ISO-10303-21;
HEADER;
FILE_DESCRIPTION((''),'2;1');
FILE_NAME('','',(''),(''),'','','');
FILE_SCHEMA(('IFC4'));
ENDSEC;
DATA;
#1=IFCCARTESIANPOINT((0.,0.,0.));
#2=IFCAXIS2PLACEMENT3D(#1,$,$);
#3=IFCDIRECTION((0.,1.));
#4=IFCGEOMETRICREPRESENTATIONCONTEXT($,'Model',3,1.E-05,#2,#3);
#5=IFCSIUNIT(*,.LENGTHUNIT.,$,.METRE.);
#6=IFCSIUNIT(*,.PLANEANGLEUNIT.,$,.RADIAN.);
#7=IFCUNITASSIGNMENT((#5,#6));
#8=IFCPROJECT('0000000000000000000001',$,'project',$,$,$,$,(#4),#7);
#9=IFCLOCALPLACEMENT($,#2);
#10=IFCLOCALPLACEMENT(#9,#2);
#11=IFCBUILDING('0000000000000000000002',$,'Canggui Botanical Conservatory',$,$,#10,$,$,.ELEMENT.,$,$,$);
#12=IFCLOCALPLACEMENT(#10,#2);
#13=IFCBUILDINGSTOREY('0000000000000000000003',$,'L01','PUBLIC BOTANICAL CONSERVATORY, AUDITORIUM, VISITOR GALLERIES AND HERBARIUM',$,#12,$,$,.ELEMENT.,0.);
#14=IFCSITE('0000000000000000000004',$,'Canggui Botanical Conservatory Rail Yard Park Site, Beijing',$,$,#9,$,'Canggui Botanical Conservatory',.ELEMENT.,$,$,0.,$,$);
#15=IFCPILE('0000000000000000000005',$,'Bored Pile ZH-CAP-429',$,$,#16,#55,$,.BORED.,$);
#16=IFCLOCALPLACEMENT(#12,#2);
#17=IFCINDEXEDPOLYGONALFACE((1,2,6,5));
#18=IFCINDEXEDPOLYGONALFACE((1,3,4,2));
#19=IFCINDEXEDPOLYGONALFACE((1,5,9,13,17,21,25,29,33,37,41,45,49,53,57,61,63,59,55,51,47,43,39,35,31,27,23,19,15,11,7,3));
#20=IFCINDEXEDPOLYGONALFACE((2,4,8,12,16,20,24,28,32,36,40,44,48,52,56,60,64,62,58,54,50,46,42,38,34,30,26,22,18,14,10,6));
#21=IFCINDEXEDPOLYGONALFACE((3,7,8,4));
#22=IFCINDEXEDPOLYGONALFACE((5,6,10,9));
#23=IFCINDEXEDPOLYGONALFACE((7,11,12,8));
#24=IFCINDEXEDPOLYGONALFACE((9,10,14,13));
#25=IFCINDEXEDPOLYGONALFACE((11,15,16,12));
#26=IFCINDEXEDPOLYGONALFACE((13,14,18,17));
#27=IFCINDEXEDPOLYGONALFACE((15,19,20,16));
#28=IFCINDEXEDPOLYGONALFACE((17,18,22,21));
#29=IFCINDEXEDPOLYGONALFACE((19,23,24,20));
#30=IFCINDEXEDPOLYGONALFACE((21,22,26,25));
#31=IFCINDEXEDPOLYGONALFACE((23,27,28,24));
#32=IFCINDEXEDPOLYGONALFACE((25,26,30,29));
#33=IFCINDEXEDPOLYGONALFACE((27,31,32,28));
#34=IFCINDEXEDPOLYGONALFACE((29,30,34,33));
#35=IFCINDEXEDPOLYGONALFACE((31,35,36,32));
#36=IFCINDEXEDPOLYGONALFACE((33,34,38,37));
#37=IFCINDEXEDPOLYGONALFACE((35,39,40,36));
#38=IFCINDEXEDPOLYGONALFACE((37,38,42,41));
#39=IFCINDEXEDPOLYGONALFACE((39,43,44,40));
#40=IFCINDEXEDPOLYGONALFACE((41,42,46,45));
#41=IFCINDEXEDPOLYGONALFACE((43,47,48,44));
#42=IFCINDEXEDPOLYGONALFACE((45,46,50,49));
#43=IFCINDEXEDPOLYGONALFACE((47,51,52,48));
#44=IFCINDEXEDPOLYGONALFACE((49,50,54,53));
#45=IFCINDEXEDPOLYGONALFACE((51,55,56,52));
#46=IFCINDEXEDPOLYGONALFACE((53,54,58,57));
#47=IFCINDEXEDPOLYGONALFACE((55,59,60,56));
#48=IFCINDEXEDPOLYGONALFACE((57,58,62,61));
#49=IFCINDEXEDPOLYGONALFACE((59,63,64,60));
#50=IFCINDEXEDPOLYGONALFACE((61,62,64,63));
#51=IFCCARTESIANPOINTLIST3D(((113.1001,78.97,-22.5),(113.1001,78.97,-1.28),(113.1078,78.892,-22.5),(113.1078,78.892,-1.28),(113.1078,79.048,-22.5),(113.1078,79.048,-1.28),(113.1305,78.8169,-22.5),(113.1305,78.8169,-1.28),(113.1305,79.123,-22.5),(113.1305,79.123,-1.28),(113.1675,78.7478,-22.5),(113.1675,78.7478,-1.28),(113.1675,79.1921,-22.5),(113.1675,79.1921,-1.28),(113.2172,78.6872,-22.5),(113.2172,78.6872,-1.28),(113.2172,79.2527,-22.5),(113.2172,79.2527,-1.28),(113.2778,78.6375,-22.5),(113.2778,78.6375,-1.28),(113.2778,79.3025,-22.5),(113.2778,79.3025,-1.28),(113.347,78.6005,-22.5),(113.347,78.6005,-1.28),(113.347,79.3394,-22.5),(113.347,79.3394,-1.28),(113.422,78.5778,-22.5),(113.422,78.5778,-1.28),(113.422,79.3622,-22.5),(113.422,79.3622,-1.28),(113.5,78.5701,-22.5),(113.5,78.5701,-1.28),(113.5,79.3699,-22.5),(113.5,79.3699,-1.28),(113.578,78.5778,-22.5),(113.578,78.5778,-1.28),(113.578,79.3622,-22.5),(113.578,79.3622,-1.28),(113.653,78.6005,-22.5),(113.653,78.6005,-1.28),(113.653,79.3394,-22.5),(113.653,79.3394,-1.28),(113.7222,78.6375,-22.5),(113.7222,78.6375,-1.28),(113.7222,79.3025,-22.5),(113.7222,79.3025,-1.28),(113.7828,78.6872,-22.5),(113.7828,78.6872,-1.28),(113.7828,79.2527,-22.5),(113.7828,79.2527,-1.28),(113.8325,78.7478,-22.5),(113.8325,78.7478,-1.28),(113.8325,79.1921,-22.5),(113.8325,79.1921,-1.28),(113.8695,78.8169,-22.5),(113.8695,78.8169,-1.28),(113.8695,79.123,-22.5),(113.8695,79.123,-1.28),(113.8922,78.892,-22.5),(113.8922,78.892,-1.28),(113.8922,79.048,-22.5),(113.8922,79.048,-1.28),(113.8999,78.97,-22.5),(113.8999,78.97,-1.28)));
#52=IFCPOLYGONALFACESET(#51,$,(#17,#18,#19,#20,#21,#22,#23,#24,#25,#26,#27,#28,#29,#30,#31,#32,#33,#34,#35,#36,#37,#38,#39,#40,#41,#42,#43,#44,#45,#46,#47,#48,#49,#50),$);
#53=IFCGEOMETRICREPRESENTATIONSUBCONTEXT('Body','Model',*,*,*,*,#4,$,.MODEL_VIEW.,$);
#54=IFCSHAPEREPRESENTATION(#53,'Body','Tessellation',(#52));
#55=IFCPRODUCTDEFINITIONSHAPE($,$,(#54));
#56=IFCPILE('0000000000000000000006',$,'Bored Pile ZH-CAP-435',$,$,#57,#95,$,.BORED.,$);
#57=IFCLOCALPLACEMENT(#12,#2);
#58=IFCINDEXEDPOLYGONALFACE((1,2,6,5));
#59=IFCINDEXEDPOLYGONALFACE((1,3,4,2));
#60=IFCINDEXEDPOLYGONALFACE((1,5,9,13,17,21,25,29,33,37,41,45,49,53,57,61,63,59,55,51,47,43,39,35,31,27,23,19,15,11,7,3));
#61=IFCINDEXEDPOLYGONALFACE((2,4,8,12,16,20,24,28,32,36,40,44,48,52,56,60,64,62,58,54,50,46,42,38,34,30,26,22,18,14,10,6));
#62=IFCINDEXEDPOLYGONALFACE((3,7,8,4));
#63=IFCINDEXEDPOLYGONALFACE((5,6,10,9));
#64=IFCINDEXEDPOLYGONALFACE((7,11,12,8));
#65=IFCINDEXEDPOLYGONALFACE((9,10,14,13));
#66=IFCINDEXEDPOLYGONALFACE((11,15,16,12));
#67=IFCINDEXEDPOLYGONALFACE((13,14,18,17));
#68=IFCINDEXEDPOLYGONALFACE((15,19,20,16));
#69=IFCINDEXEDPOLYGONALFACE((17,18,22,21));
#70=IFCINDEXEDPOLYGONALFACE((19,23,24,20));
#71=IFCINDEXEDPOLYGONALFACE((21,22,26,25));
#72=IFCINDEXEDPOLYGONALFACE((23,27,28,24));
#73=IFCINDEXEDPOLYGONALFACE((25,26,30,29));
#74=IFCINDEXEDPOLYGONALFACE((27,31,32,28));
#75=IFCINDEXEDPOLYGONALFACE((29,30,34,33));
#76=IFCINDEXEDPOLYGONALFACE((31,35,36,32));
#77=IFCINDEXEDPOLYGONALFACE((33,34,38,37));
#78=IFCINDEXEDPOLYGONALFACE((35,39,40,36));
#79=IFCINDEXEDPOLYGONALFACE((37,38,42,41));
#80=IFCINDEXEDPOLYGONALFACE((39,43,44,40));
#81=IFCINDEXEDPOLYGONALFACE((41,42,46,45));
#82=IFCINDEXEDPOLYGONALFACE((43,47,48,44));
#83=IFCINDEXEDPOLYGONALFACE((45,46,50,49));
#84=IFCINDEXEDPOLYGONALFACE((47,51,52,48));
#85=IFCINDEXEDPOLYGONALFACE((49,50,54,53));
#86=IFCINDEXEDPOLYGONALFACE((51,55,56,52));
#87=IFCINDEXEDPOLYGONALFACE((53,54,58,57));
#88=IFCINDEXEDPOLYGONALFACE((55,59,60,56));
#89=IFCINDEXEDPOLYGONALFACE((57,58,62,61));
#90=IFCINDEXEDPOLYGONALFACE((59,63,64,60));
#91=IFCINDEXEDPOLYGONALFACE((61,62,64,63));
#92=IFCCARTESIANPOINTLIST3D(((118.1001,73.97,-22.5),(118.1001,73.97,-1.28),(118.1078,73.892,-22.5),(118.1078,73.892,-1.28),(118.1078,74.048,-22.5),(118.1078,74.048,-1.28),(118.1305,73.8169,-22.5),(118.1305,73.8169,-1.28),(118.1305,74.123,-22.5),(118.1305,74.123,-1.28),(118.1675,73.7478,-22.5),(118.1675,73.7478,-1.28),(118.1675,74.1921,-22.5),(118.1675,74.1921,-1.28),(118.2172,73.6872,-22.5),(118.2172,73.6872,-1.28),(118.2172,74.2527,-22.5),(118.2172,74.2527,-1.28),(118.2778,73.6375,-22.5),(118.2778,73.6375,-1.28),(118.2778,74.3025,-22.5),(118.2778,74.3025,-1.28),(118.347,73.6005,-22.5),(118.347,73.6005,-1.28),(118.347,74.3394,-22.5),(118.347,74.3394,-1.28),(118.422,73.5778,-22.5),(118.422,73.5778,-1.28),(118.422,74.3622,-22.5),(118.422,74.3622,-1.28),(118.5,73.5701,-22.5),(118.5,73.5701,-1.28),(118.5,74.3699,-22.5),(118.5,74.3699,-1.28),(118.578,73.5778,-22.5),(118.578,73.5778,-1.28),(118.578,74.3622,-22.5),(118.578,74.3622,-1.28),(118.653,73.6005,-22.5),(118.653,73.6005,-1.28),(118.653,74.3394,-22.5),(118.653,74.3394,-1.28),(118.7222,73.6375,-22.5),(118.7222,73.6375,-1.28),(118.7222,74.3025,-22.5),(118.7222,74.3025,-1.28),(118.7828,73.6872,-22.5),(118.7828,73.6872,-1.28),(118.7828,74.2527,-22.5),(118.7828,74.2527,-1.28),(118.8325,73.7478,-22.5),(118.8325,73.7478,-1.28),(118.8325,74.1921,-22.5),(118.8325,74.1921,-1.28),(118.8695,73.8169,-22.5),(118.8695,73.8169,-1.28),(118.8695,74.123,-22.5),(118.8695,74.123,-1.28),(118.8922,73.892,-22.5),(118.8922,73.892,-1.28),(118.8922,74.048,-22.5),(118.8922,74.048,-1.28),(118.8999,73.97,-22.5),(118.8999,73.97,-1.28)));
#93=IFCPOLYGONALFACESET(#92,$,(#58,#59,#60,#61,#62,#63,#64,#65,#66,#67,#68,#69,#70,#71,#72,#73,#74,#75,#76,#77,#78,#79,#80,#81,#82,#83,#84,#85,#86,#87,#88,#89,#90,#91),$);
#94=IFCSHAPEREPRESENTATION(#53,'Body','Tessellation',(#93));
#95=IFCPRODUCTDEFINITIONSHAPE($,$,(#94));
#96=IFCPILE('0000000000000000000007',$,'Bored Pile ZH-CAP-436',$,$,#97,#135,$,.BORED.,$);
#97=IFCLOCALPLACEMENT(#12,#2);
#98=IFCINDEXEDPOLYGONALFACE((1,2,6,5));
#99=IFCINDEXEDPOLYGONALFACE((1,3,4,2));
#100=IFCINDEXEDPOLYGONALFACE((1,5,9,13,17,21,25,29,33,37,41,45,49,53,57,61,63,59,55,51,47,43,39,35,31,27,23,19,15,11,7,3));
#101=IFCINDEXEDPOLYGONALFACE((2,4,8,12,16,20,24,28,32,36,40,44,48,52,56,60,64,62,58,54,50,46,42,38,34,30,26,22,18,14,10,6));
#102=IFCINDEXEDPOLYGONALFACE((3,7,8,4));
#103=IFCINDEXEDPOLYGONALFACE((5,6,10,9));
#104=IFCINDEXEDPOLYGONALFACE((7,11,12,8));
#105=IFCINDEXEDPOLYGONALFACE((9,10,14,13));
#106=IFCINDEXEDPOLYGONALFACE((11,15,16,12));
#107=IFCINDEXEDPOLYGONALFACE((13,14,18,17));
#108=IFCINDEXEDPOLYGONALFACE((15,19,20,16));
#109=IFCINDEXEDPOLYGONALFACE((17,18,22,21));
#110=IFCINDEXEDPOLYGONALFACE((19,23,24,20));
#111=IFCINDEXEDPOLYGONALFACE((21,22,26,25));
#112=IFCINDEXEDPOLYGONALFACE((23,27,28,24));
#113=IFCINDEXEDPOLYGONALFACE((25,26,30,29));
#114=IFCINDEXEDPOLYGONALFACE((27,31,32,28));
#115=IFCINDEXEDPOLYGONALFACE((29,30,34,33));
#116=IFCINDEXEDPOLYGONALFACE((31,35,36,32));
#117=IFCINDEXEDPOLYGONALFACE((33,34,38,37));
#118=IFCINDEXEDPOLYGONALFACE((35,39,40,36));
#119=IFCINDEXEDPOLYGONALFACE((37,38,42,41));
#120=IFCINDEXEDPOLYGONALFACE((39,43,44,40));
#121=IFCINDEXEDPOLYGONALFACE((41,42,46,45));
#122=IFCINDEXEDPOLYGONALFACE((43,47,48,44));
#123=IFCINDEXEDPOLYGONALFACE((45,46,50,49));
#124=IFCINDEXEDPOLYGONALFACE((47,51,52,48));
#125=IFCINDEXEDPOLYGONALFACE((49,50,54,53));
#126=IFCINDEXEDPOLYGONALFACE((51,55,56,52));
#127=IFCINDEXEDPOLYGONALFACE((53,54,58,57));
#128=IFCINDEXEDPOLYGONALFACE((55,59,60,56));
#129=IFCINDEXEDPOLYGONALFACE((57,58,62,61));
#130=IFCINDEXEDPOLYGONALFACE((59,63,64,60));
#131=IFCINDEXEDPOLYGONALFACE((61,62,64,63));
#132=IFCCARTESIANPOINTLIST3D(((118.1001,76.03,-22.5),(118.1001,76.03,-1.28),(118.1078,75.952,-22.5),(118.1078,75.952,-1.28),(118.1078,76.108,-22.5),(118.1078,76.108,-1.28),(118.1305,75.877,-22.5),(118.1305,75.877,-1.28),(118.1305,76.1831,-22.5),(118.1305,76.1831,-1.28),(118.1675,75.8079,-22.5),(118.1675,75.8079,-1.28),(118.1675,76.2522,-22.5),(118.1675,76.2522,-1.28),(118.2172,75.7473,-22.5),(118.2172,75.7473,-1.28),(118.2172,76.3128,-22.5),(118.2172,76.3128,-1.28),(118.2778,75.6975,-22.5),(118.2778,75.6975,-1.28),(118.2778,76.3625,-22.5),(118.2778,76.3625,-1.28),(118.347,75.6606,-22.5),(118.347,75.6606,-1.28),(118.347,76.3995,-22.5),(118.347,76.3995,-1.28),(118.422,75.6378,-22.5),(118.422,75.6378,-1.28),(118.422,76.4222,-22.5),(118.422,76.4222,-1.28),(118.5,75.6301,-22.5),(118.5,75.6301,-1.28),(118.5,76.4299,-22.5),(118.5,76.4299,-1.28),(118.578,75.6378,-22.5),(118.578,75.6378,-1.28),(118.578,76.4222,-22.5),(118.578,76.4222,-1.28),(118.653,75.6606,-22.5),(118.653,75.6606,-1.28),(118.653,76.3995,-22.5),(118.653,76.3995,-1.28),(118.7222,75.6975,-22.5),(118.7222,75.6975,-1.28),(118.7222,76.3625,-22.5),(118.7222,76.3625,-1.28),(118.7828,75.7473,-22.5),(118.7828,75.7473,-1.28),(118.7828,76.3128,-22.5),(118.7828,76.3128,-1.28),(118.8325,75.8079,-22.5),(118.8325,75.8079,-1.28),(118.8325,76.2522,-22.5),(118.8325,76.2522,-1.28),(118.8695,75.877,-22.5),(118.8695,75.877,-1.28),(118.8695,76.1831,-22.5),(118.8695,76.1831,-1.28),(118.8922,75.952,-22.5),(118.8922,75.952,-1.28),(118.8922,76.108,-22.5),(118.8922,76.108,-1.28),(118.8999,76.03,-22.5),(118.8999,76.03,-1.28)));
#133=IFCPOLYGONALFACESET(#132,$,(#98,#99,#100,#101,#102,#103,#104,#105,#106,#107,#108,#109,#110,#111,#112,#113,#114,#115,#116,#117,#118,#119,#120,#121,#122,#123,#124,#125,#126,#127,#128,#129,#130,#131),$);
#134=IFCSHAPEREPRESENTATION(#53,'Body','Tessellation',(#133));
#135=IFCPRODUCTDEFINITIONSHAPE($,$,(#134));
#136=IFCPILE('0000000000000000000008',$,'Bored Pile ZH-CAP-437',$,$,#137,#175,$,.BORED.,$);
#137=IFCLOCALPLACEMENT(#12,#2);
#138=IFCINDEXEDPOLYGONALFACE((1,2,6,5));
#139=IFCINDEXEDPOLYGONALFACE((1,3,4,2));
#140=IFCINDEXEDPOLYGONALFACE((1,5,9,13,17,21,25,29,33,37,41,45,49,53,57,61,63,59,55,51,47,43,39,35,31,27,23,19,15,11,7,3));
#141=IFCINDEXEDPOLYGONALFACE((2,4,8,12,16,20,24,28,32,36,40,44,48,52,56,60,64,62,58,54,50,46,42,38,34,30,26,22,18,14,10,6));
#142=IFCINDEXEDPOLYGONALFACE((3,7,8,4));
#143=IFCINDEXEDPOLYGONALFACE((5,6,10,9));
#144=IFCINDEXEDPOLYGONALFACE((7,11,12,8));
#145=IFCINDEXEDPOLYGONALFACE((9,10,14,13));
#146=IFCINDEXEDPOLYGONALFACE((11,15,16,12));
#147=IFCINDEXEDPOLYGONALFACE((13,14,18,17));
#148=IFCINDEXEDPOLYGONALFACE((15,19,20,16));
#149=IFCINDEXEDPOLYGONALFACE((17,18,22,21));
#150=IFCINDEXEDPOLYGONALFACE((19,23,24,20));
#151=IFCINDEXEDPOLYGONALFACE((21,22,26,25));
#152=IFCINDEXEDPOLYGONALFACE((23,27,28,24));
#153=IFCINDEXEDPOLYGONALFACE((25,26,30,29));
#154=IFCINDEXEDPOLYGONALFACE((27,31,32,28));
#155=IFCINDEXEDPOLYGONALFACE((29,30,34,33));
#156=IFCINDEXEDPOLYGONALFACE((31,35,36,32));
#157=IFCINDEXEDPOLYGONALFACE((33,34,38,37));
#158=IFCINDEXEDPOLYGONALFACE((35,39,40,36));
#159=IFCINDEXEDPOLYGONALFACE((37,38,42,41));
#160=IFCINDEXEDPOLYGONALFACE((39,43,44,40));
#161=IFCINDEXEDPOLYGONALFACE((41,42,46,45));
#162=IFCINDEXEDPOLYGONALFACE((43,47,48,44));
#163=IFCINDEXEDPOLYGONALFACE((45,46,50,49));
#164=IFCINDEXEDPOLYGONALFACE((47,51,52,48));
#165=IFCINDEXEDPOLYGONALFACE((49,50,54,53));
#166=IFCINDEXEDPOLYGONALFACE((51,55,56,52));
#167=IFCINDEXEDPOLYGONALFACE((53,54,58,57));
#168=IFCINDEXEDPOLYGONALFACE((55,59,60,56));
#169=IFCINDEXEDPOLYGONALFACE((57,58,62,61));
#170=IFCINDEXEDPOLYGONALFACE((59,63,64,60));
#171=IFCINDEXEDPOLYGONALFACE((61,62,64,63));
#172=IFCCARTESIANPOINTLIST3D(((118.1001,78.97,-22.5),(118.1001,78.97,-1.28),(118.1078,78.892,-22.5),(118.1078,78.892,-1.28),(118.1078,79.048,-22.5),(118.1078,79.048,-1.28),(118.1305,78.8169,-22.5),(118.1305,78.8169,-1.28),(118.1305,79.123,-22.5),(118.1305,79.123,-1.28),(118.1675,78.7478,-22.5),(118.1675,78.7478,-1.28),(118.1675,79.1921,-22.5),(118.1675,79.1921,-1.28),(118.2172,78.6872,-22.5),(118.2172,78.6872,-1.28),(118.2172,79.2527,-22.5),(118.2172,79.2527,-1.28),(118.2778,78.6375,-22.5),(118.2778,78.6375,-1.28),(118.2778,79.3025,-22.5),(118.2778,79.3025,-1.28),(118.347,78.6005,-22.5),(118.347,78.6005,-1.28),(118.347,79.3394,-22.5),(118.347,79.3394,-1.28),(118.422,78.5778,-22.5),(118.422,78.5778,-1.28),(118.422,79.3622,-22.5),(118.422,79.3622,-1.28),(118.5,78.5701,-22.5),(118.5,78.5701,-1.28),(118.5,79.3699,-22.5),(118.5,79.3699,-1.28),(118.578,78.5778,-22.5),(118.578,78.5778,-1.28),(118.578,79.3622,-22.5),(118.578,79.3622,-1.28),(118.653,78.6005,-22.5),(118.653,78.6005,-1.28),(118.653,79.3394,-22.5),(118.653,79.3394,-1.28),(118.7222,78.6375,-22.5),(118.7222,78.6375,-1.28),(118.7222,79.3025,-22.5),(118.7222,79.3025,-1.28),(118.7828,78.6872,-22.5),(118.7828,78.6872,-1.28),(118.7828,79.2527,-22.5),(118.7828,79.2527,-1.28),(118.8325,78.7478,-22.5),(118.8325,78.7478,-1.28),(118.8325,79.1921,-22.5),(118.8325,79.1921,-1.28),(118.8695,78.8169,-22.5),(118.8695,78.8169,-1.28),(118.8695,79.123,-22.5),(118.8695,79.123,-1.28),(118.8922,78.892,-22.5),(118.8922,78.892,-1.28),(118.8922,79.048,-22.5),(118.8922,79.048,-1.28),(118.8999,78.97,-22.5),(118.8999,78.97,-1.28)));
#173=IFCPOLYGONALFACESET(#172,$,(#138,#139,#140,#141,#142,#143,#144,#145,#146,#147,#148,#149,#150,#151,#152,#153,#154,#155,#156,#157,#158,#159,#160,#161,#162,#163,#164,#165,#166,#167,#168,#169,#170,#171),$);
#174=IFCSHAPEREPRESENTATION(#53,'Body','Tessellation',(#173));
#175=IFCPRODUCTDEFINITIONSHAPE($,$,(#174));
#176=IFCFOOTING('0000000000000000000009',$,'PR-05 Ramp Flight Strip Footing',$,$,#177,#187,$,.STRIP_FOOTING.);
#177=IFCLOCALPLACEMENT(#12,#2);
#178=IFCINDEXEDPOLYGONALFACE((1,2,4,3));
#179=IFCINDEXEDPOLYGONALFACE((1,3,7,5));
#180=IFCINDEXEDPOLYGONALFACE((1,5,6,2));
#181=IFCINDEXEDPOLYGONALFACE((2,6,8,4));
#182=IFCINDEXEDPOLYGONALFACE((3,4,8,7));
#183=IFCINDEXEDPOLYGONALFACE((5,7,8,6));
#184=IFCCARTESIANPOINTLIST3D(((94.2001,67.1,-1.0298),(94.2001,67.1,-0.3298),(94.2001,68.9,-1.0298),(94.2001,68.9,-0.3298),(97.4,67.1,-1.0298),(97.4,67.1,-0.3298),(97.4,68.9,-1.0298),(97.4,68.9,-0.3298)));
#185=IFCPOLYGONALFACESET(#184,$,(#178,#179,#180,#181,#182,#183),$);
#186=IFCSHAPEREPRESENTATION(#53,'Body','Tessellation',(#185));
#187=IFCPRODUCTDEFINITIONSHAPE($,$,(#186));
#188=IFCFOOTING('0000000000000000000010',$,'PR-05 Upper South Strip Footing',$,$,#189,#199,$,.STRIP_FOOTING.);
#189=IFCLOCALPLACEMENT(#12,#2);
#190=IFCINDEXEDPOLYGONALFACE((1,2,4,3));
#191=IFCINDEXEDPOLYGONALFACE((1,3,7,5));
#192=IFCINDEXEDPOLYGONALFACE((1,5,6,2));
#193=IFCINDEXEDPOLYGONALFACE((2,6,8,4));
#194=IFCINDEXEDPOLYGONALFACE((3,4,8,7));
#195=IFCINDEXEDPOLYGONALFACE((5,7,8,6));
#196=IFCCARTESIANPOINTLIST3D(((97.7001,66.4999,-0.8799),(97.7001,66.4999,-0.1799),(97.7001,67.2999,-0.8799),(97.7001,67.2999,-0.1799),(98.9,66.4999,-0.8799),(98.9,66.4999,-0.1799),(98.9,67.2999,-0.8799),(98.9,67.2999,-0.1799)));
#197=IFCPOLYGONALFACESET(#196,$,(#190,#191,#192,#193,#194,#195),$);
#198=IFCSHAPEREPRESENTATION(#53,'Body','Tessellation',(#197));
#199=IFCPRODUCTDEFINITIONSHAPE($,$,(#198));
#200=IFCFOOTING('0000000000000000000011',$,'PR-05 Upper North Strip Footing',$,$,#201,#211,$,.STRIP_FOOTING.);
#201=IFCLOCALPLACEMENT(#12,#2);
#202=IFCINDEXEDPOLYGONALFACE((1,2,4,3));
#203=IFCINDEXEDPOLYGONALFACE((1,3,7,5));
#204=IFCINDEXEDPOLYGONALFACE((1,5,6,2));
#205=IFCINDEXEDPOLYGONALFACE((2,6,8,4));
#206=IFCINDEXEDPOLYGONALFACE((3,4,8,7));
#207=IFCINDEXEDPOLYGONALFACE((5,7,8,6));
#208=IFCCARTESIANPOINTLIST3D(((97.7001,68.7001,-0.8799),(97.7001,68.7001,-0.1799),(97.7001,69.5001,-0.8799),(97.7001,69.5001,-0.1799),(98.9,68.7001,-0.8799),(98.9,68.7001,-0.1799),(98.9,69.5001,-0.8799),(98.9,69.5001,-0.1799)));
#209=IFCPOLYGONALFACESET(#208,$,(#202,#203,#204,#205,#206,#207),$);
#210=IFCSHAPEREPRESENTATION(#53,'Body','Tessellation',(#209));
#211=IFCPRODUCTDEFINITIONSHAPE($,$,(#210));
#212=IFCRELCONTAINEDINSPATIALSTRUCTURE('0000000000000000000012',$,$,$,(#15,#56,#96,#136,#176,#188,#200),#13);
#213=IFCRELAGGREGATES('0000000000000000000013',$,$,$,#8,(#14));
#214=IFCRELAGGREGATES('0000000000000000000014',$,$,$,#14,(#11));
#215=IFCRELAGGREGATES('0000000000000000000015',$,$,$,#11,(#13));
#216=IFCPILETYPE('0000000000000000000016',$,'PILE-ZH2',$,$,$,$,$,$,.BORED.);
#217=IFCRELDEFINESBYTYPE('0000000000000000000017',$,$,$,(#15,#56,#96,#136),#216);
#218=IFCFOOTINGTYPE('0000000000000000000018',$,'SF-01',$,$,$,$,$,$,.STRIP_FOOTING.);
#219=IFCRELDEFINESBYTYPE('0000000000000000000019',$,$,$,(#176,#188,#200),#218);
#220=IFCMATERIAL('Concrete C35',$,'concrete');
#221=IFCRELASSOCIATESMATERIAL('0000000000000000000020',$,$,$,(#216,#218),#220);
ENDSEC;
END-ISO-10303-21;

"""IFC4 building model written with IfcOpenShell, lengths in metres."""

from ifc_helpers import new_model, si_unit, direction, frame, origin, origin_2d, place, context, subcontext, project, spatial, rectangle, circle, extrude, material, material_profile, profile_set, type_object, element, save


model = new_model("IFC4")

# Units and contexts
model_context = context("Model", 3, precision=1e-05, world=origin(), true_north=direction((0.0, 1.0)))
body_context = subcontext(model_context, "Body", "Model", "MODEL_VIEW")
ifc_project = project(units=[si_unit("LENGTHUNIT", "METRE"), si_unit("PLANEANGLEUNIT", "RADIAN")], contexts=[model_context])

# Site, building, storey
site_placement = place(None, origin())
site = spatial("IfcSite", under=ifc_project, at=site_placement, Name="Canggui Botanical Conservatory Rail Yard Park Site, Beijing", LongName="Canggui Botanical Conservatory", CompositionType="ELEMENT", RefElevation=0.0)
building_placement = place(site_placement, origin())
building = spatial("IfcBuilding", under=site, at=building_placement, Name="Canggui Botanical Conservatory", CompositionType="ELEMENT")
storey_placement = place(building_placement, origin())
storey = spatial("IfcBuildingStorey", under=building, at=storey_placement, Name="L01", Description="PUBLIC BOTANICAL CONSERVATORY, AUDITORIUM, VISITOR GALLERIES AND HERBARIUM", CompositionType="ELEMENT", Elevation=0.0)

# Shared definitions
ifc_material_1 = material(Name="Concrete C35", Category="concrete")

# Piles
ifc_material_profile_1 = material_profile(ifc_material_1, circle(Radius=0.3999, at=origin_2d()), Name="PILE D800")
ifc_profile_set_1 = profile_set([ifc_material_profile_1], Name="Concrete C35")
pile_type = type_object("IfcPileType", Name="PILE-ZH2", PredefinedType="BORED", material=ifc_profile_set_1)
for number, where, z_axis, x_axis, name in (
    (1, (113.5, 78.97, -1.28), (0.0, 0.0, -1.0), (1.0, 0.0, 0.0), "Bored Pile ZH-CAP-429"),
    (2, (118.5, 73.97, -1.28), (0.0, 0.0, -1.0), (1.0, 0.0, 0.0), "Bored Pile ZH-CAP-435"),
    (3, (118.5, 76.03, -1.28), (0.0, 0.0, -1.0), (1.0, 0.0, 0.0), "Bored Pile ZH-CAP-436"),
    (4, (118.5, 78.97, -1.28), (0.0, 0.0, -1.0), (1.0, 0.0, 0.0), "Bored Pile ZH-CAP-437"),
):
    element("IfcPile", number, at=place(storey_placement, frame(where, z_axis=z_axis, x_axis=x_axis)), inside=storey, type_object=pile_type, Name=name, PredefinedType="BORED", context=body_context, shape_type="SweptSolid", body=[
        extrude(circle(Radius=0.3999, at=origin_2d()), origin(), (0.0, 0.0, 1.0), 21.22),
    ])

# Footings
footing_type_1 = type_object("IfcFootingType", Name="SF-01", PredefinedType="STRIP_FOOTING", material=ifc_material_1)
footing_1_placement = place(storey_placement, frame((95.8, 68.0, -1.0298), z_axis=(0.0, 0.0, 1.0), x_axis=(1.0, 0.0, 0.0)))
element("IfcFooting", 5, at=footing_1_placement, inside=storey, type_object=footing_type_1, Name="PR-05 Ramp Flight Strip Footing", PredefinedType="STRIP_FOOTING", context=body_context, shape_type="SweptSolid", body=[
    extrude(rectangle(XDim=3.2, YDim=1.8, at=origin_2d()), origin(), (0.0, 0.0, 1.0), 0.7),
])
for number, where, z_axis, x_axis, name in (
    (6, (98.3, 66.8999, -0.8799), (0.0, 0.0, 1.0), (1.0, 0.0, 0.0), "PR-05 Upper South Strip Footing"),
    (7, (98.3, 69.1001, -0.8799), (0.0, 0.0, 1.0), (1.0, 0.0, 0.0), "PR-05 Upper North Strip Footing"),
):
    element("IfcFooting", number, at=place(storey_placement, frame(where, z_axis=z_axis, x_axis=x_axis)), inside=storey, type_object=footing_type_1, Name=name, PredefinedType="STRIP_FOOTING", context=body_context, shape_type="SweptSolid", body=[
        extrude(rectangle(XDim=1.2, YDim=0.8, at=origin_2d()), origin(), (0.0, 0.0, 1.0), 0.7),
    ])

save(model, "model.ifc")
